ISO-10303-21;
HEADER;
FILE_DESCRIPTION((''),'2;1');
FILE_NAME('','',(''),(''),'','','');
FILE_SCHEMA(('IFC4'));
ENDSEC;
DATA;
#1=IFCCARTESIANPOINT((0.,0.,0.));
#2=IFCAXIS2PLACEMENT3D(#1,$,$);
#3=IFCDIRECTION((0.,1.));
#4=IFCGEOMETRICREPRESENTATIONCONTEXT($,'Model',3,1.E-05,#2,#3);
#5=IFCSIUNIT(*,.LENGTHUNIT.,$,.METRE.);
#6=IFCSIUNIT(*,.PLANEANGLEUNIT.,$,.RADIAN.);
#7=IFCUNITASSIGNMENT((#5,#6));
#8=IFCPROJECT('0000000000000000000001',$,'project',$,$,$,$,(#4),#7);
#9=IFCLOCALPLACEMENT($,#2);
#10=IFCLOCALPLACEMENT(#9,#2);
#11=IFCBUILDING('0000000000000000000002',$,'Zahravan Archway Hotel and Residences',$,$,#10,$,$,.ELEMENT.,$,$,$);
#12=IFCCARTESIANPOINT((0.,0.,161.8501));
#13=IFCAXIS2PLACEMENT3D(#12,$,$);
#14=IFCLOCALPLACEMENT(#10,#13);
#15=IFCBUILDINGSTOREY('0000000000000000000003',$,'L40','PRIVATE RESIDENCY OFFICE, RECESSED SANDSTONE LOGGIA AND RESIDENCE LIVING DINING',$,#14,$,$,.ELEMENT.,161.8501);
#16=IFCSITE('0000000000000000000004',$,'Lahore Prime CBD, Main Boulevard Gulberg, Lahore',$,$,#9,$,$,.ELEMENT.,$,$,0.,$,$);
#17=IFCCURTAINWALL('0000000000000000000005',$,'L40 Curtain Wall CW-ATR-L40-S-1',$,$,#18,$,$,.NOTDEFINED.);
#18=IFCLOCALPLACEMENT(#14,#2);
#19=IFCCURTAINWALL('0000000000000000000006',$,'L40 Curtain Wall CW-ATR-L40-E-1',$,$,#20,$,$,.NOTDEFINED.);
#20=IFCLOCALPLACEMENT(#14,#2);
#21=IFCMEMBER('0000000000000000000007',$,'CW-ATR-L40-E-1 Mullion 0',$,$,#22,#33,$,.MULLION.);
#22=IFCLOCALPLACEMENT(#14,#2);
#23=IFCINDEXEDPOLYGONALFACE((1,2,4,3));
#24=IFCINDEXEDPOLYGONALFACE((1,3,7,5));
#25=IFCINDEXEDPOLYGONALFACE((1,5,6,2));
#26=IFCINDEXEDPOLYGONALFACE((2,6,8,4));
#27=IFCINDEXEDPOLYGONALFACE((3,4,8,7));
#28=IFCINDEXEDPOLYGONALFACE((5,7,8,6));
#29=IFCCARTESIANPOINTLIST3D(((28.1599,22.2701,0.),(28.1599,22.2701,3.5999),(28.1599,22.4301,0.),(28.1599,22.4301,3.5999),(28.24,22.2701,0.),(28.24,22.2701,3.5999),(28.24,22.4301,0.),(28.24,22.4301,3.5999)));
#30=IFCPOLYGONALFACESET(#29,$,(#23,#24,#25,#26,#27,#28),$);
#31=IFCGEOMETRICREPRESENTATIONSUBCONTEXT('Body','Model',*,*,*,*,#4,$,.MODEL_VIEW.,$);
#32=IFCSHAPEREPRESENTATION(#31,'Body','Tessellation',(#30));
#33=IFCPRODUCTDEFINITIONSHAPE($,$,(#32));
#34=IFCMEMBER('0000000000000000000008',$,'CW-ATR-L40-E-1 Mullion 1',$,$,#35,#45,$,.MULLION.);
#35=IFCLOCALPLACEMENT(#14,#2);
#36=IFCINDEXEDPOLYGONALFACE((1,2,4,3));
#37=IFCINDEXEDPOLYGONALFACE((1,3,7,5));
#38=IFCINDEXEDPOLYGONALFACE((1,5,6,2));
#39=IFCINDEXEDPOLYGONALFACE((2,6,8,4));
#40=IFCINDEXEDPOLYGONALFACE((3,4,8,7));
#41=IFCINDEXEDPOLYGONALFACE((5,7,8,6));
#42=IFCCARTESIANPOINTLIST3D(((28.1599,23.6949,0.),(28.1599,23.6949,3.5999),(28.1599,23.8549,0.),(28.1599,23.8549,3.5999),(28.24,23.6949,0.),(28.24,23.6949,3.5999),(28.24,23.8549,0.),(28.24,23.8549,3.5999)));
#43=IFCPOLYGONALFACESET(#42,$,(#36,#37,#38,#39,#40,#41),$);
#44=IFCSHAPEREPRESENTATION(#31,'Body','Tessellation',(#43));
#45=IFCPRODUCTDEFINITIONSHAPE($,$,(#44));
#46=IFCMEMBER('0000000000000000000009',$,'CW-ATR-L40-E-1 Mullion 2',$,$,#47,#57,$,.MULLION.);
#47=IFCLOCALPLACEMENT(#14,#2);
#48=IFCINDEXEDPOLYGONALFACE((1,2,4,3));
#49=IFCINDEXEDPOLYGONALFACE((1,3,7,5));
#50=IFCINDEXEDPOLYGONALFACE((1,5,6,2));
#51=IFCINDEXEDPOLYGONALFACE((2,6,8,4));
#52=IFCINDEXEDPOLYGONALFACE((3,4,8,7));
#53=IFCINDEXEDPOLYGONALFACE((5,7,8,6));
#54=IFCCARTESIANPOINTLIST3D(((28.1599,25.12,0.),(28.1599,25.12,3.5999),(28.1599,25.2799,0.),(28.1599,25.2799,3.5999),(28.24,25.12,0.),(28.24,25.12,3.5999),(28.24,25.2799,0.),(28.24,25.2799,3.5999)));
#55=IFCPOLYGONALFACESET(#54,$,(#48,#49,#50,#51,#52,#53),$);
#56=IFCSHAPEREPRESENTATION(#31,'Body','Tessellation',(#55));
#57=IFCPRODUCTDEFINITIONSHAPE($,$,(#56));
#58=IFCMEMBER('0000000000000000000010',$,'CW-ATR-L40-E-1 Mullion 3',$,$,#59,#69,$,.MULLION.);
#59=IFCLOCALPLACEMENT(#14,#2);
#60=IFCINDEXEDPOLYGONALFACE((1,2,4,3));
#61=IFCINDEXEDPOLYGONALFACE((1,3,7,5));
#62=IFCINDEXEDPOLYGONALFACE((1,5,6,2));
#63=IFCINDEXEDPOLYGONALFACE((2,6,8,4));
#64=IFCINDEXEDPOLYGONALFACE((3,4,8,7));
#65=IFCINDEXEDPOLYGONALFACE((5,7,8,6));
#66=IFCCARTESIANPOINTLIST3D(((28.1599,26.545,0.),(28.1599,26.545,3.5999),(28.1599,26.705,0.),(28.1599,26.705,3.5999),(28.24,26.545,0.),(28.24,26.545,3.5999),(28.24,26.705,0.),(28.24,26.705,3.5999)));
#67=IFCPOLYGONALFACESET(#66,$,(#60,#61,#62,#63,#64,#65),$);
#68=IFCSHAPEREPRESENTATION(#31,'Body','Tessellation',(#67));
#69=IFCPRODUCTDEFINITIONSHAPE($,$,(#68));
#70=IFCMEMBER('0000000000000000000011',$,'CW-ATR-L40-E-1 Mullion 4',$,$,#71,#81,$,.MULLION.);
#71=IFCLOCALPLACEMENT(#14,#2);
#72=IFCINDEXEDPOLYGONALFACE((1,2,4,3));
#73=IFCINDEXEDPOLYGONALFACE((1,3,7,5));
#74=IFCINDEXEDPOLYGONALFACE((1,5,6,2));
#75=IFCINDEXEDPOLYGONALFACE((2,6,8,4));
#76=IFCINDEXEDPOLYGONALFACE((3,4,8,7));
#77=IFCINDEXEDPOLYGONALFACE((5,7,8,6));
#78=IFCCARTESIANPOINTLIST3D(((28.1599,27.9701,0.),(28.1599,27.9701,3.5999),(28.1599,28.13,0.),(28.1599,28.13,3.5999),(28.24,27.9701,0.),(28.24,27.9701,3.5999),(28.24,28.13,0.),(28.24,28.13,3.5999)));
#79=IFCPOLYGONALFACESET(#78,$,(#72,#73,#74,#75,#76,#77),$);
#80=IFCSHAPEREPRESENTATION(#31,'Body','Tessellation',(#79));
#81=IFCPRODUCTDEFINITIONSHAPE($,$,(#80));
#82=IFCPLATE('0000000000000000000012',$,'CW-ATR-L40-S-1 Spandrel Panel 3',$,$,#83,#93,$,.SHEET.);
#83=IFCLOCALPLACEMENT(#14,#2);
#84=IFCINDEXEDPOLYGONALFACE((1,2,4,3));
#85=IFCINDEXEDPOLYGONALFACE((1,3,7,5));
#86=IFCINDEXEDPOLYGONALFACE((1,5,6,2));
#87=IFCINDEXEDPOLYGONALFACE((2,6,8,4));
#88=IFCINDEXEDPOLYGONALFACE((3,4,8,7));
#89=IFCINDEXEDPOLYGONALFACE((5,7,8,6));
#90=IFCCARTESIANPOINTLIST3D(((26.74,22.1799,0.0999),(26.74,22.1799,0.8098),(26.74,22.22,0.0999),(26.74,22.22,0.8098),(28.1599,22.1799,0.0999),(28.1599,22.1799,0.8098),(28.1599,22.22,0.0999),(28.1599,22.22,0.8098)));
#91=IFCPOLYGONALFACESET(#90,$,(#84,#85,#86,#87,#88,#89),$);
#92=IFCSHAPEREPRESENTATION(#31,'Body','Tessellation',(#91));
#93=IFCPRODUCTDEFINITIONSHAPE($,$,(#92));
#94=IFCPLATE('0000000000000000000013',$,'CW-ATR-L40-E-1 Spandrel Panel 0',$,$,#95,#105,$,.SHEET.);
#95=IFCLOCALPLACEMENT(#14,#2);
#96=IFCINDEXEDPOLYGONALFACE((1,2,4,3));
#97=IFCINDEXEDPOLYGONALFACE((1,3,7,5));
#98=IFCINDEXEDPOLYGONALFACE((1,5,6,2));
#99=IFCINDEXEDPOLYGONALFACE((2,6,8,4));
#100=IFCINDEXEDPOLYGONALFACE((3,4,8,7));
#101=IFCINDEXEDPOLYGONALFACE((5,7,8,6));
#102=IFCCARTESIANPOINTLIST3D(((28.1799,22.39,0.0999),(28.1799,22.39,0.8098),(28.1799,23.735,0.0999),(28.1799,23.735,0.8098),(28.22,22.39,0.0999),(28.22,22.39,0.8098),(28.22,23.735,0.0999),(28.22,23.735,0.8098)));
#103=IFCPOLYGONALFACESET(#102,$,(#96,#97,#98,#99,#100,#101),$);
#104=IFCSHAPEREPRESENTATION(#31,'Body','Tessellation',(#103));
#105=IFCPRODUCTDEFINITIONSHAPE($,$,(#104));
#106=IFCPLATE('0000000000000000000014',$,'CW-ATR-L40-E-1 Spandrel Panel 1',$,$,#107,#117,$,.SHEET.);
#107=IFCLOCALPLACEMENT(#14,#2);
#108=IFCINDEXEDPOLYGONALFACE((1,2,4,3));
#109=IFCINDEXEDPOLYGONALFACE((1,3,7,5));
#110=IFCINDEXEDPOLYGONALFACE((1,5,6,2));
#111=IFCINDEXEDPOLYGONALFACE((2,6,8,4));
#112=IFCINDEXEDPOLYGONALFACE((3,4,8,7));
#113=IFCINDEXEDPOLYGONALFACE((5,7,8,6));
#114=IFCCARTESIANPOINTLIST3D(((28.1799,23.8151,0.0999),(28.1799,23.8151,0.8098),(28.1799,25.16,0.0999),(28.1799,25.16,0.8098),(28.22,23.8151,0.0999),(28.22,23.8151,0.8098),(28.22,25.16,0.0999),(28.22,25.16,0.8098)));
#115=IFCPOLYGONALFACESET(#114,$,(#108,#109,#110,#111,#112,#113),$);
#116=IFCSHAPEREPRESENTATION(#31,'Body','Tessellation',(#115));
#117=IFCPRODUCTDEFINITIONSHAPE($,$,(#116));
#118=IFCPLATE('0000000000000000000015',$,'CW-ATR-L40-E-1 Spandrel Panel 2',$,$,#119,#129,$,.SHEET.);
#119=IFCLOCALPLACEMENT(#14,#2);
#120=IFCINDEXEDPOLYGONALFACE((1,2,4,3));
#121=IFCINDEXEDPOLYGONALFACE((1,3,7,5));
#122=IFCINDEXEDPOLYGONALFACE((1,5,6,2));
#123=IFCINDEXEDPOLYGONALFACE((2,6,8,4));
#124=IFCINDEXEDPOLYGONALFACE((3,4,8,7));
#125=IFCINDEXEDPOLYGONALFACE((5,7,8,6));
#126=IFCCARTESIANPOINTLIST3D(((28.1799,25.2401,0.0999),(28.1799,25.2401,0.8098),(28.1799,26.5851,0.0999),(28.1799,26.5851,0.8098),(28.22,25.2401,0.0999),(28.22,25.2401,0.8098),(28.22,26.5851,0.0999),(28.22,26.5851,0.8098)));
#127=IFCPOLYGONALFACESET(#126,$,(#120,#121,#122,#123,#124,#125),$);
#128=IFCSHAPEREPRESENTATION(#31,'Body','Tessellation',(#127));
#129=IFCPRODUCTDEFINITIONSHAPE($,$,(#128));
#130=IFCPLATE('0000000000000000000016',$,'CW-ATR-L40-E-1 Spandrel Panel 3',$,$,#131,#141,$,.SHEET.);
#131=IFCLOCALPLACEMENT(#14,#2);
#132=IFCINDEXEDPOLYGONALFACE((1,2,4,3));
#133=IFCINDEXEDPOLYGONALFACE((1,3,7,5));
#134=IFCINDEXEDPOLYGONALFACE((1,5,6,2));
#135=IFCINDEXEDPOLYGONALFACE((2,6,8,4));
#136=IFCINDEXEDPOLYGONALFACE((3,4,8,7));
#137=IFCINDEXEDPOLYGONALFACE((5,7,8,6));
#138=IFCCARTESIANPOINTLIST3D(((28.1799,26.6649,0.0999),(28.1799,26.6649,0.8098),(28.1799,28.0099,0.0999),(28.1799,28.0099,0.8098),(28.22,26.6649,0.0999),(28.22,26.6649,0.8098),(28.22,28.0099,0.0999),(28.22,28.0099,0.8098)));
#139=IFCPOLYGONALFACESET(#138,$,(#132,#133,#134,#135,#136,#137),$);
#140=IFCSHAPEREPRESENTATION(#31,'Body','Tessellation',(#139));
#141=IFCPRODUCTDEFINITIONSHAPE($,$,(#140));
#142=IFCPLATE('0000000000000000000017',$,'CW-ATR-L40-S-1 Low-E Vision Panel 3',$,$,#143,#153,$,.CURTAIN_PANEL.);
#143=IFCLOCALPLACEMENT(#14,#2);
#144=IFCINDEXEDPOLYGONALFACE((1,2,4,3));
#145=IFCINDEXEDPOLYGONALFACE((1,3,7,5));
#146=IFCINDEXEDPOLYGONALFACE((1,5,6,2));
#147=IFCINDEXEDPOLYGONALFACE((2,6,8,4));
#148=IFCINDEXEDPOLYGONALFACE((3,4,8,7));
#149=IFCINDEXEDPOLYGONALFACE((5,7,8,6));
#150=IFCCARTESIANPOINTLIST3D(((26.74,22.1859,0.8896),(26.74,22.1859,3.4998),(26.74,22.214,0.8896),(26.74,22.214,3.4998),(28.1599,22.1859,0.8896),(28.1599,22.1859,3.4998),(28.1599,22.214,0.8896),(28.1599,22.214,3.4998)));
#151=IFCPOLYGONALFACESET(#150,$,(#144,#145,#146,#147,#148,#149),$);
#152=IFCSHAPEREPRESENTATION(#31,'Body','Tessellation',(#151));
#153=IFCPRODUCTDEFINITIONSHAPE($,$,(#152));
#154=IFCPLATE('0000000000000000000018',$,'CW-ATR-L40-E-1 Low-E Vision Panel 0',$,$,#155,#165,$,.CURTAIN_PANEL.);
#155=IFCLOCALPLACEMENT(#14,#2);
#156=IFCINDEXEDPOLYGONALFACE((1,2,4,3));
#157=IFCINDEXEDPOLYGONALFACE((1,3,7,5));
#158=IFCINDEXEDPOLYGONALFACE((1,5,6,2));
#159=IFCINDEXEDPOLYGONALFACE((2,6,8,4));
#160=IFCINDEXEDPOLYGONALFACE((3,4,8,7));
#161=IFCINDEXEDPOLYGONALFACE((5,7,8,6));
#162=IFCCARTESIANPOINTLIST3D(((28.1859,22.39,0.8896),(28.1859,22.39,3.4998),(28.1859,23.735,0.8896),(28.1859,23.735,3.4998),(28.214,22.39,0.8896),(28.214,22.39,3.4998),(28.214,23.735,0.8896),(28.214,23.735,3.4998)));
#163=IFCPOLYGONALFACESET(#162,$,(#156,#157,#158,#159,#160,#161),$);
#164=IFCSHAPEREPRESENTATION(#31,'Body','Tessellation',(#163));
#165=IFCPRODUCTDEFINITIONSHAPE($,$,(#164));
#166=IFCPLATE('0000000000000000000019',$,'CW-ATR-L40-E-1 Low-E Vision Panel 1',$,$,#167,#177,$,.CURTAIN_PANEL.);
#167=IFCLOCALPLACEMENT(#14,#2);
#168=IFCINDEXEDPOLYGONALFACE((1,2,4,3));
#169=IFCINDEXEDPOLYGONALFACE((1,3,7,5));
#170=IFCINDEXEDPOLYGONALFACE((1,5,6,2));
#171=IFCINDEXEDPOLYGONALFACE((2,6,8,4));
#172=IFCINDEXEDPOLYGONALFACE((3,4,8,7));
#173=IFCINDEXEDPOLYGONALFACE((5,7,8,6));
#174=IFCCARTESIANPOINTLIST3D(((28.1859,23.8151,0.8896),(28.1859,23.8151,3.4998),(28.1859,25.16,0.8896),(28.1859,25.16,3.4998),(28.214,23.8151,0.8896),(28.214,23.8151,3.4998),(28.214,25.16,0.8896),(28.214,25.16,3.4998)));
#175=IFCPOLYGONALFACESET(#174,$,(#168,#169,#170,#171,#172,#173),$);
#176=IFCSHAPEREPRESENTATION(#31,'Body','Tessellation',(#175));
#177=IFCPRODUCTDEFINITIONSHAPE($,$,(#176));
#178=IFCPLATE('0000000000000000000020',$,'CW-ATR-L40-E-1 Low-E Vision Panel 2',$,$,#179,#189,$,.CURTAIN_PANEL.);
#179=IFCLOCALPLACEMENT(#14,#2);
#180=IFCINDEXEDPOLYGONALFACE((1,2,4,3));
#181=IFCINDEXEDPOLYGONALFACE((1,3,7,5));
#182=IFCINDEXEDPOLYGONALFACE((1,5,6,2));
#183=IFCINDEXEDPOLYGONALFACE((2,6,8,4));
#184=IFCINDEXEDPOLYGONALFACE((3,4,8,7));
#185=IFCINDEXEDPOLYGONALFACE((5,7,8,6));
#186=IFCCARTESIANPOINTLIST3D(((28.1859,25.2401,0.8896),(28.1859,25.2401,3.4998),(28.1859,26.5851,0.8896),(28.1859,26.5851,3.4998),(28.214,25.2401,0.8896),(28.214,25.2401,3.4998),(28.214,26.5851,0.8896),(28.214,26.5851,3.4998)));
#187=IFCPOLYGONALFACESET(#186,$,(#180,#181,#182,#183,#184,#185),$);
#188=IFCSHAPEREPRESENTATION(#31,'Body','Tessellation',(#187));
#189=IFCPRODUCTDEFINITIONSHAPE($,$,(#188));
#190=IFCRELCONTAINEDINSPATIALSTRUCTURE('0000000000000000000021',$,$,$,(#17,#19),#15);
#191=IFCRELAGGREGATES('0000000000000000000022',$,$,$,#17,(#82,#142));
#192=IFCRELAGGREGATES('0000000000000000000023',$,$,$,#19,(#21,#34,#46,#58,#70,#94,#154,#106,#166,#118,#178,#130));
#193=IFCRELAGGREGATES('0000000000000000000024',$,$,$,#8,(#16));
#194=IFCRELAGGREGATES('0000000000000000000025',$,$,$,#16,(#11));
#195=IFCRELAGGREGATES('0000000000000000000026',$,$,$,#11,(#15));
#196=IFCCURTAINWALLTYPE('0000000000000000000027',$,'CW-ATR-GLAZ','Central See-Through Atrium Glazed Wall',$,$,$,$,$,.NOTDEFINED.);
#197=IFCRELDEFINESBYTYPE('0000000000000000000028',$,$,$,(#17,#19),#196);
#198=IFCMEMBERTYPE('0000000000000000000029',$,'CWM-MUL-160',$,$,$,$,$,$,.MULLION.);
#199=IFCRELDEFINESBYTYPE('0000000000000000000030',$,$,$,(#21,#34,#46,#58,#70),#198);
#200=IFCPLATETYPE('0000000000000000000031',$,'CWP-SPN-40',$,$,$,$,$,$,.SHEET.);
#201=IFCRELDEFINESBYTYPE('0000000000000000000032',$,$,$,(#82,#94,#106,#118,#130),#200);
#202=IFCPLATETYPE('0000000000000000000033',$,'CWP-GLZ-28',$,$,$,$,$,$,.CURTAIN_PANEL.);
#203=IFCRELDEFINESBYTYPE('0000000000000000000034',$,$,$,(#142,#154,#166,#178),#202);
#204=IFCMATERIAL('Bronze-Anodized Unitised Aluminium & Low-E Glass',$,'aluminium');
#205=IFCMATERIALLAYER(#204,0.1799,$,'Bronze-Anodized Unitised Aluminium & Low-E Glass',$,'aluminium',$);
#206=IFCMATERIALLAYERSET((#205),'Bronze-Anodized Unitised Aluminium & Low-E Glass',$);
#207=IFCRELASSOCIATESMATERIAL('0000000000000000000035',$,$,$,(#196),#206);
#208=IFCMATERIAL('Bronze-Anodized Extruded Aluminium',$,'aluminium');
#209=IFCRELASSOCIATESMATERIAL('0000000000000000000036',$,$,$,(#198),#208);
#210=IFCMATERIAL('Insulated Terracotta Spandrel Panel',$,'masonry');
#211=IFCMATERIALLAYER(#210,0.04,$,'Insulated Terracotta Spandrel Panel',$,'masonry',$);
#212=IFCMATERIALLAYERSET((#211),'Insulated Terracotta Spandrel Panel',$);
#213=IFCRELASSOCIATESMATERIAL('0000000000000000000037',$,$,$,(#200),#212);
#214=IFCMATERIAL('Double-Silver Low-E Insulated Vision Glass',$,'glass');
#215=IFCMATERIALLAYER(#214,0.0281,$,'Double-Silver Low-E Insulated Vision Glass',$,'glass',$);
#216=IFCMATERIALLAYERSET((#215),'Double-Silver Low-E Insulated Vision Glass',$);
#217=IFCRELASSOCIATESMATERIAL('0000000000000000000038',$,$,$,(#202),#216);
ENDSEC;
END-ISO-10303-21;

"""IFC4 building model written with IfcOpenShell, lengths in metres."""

from ifc_helpers import new_model, si_unit, direction, frame, origin, origin_2d, place, context, subcontext, project, spatial, rectangle, extrude, source, transform, mapped, material, layer, layer_set, material_profile, profile_set, type_object, element, aggregate, save


model = new_model("IFC4")

# Units and contexts
model_context = context("Model", 3, precision=1e-05, world=origin(), true_north=direction((0.0, 1.0)))
body_context = subcontext(model_context, "Body", "Model", "MODEL_VIEW")
ifc_project = project(units=[si_unit("LENGTHUNIT", "METRE"), si_unit("PLANEANGLEUNIT", "RADIAN")], contexts=[model_context])

# Site, building, storey
site_placement = place(None, origin())
site = spatial("IfcSite", under=ifc_project, at=site_placement, Name="Lahore Prime CBD, Main Boulevard Gulberg, Lahore", CompositionType="ELEMENT", RefElevation=0.0)
building_placement = place(site_placement, origin())
building = spatial("IfcBuilding", under=site, at=building_placement, Name="Zahravan Archway Hotel and Residences", CompositionType="ELEMENT")
storey_placement = place(building_placement, frame((0.0, 0.0, 161.8501)))
storey = spatial("IfcBuildingStorey", under=building, at=storey_placement, Name="L40", Description="PRIVATE RESIDENCY OFFICE, RECESSED SANDSTONE LOGGIA AND RESIDENCE LIVING DINING", CompositionType="ELEMENT", Elevation=161.8501)

# Curtain wall
ifc_material_1 = material(Name="Bronze-Anodized Unitised Aluminium & Low-E Glass", Category="aluminium")
ifc_layer_1 = layer(ifc_material_1, 0.1799, Name="Bronze-Anodized Unitised Aluminium & Low-E Glass", Category="aluminium")
ifc_layer_set_1 = layer_set([ifc_layer_1], Name="Bronze-Anodized Unitised Aluminium & Low-E Glass")
curtain_wall_type = type_object("IfcCurtainWallType", Name="CW-ATR-GLAZ", Description="Central See-Through Atrium Glazed Wall", PredefinedType="NOTDEFINED", material=ifc_layer_set_1)
curtain_wall_1_placement = place(storey_placement, origin())
curtain_wall_1 = element("IfcCurtainWall", 1, at=curtain_wall_1_placement, inside=storey, type_object=curtain_wall_type, Name="L40 Curtain Wall CW-ATR-L40-S-1", PredefinedType="NOTDEFINED")
ifc_material_2 = material(Name="Bronze-Anodized Extruded Aluminium", Category="aluminium")

# Curtain wall
curtain_wall_2_placement = place(storey_placement, origin())
curtain_wall_2 = element("IfcCurtainWall", 2, at=curtain_wall_2_placement, inside=storey, type_object=curtain_wall_type, Name="L40 Curtain Wall CW-ATR-L40-E-1", PredefinedType="NOTDEFINED")

# Members
ifc_material_profile_1 = material_profile(ifc_material_2, rectangle(XDim=0.0801, YDim=0.1599, at=origin_2d()), Name="MUL 80x160", Category="aluminium")
ifc_profile_set_1 = profile_set([ifc_material_profile_1], Name="Bronze-Anodized Extruded Aluminium")
member_type_1 = type_object("IfcMemberType", Name="CWM-MUL-160", PredefinedType="MULLION", material=ifc_profile_set_1)
shared_shape_1 = source(origin(), body_context, "Body", "SweptSolid", [
    extrude(rectangle(XDim=0.0801, YDim=0.1599, at=origin_2d()), origin(), (0.0, 0.0, 1.0), 3.5999),
])
member_1_placement = place(storey_placement, frame((28.2, 22.3501, 0.0), z_axis=(0.0, 0.0, 1.0), x_axis=(1.0, 0.0, 0.0)))
member_1 = element("IfcMember", 3, at=member_1_placement, type_object=member_type_1, Name="CW-ATR-L40-E-1 Mullion 0", PredefinedType="MULLION", context=body_context, shape_type="MappedRepresentation", body=[
    mapped(shared_shape_1, transform((0.0, 0.0, 0.0), scale=1.0)),
])
member_2_placement = place(storey_placement, frame((28.2, 23.7749, 0.0), z_axis=(0.0, 0.0, 1.0), x_axis=(1.0, 0.0, 0.0)))
member_2 = element("IfcMember", 4, at=member_2_placement, type_object=member_type_1, Name="CW-ATR-L40-E-1 Mullion 1", PredefinedType="MULLION", context=body_context, shape_type="MappedRepresentation", body=[
    mapped(shared_shape_1, transform((0.0, 0.0, 0.0), scale=1.0)),
])
member_3_placement = place(storey_placement, frame((28.2, 25.2, 0.0), z_axis=(0.0, 0.0, 1.0), x_axis=(1.0, 0.0, 0.0)))
member_3 = element("IfcMember", 5, at=member_3_placement, type_object=member_type_1, Name="CW-ATR-L40-E-1 Mullion 2", PredefinedType="MULLION", context=body_context, shape_type="MappedRepresentation", body=[
    mapped(shared_shape_1, transform((0.0, 0.0, 0.0), scale=1.0)),
])
member_4_placement = place(storey_placement, frame((28.2, 26.625, 0.0), z_axis=(0.0, 0.0, 1.0), x_axis=(1.0, 0.0, 0.0)))
member_4 = element("IfcMember", 6, at=member_4_placement, type_object=member_type_1, Name="CW-ATR-L40-E-1 Mullion 3", PredefinedType="MULLION", context=body_context, shape_type="MappedRepresentation", body=[
    mapped(shared_shape_1, transform((0.0, 0.0, 0.0), scale=1.0)),
])
member_5_placement = place(storey_placement, frame((28.2, 28.05, 0.0), z_axis=(0.0, 0.0, 1.0), x_axis=(1.0, 0.0, 0.0)))
member_5 = element("IfcMember", 7, at=member_5_placement, type_object=member_type_1, Name="CW-ATR-L40-E-1 Mullion 4", PredefinedType="MULLION", context=body_context, shape_type="MappedRepresentation", body=[
    mapped(shared_shape_1, transform((0.0, 0.0, 0.0), scale=1.0)),
])

# Plates
ifc_material_3 = material(Name="Insulated Terracotta Spandrel Panel", Category="masonry")
ifc_layer_2 = layer(ifc_material_3, 0.04, Name="Insulated Terracotta Spandrel Panel", Category="masonry")
ifc_layer_set_2 = layer_set([ifc_layer_2], Name="Insulated Terracotta Spandrel Panel")
plate_type_1 = type_object("IfcPlateType", Name="CWP-SPN-40", PredefinedType="SHEET", material=ifc_layer_set_2)
shared_shape_2 = source(origin(), body_context, "Body", "SweptSolid", [
    extrude(rectangle(XDim=1.4199, YDim=0.04, at=origin_2d()), origin(), (0.0, 0.0, 1.0), 0.71),
])
plate_1_placement = place(storey_placement, frame((27.45, 22.2, 0.0999), z_axis=(0.0, 0.0, 1.0), x_axis=(1.0, 0.0, 0.0)))
plate_1 = element("IfcPlate", 8, at=plate_1_placement, type_object=plate_type_1, Name="CW-ATR-L40-S-1 Spandrel Panel 3", PredefinedType="SHEET", context=body_context, shape_type="MappedRepresentation", body=[
    mapped(shared_shape_2, transform((0.0, 0.0, 0.0), scale=1.0)),
])
shared_shape_3 = source(origin(), body_context, "Body", "SweptSolid", [
    extrude(rectangle(XDim=1.345, YDim=0.04, at=origin_2d()), origin(), (0.0, 0.0, 1.0), 0.71),
])
plate_2_placement = place(storey_placement, frame((28.2, 23.0625, 0.0999), z_axis=(0.0, 0.0, 1.0), x_axis=(0.0, 1.0, 0.0)))
plate_2 = element("IfcPlate", 9, at=plate_2_placement, type_object=plate_type_1, Name="CW-ATR-L40-E-1 Spandrel Panel 0", PredefinedType="SHEET", context=body_context, shape_type="MappedRepresentation", body=[
    mapped(shared_shape_3, transform((0.0, 0.0, 0.0), scale=1.0)),
])
plate_3_placement = place(storey_placement, frame((28.2, 24.4875, 0.0999), z_axis=(0.0, 0.0, 1.0), x_axis=(0.0, 1.0, 0.0)))
plate_3 = element("IfcPlate", 10, at=plate_3_placement, type_object=plate_type_1, Name="CW-ATR-L40-E-1 Spandrel Panel 1", PredefinedType="SHEET", context=body_context, shape_type="MappedRepresentation", body=[
    mapped(shared_shape_3, transform((0.0, 0.0, 0.0), scale=1.0)),
])
plate_4_placement = place(storey_placement, frame((28.2, 25.9126, 0.0999), z_axis=(0.0, 0.0, 1.0), x_axis=(0.0, 1.0, 0.0)))
plate_4 = element("IfcPlate", 11, at=plate_4_placement, type_object=plate_type_1, Name="CW-ATR-L40-E-1 Spandrel Panel 2", PredefinedType="SHEET", context=body_context, shape_type="MappedRepresentation", body=[
    mapped(shared_shape_3, transform((0.0, 0.0, 0.0), scale=1.0)),
])
plate_5_placement = place(storey_placement, frame((28.2, 27.3374, 0.0999), z_axis=(0.0, 0.0, 1.0), x_axis=(0.0, 1.0, 0.0)))
plate_5 = element("IfcPlate", 12, at=plate_5_placement, type_object=plate_type_1, Name="CW-ATR-L40-E-1 Spandrel Panel 3", PredefinedType="SHEET", context=body_context, shape_type="MappedRepresentation", body=[
    mapped(shared_shape_3, transform((0.0, 0.0, 0.0), scale=1.0)),
])
ifc_material_4 = material(Name="Double-Silver Low-E Insulated Vision Glass", Category="glass")
ifc_layer_3 = layer(ifc_material_4, 0.0281, Name="Double-Silver Low-E Insulated Vision Glass", Category="glass")
ifc_layer_set_3 = layer_set([ifc_layer_3], Name="Double-Silver Low-E Insulated Vision Glass")
plate_type_2 = type_object("IfcPlateType", Name="CWP-GLZ-28", PredefinedType="CURTAIN_PANEL", material=ifc_layer_set_3)
shared_shape_4 = source(origin(), body_context, "Body", "SweptSolid", [
    extrude(rectangle(XDim=1.4199, YDim=0.0281, at=origin_2d()), origin(), (0.0, 0.0, 1.0), 2.6101),
])
plate_6_placement = place(storey_placement, frame((27.45, 22.2, 0.8896), z_axis=(0.0, 0.0, 1.0), x_axis=(1.0, 0.0, 0.0)))
plate_6 = element("IfcPlate", 13, at=plate_6_placement, type_object=plate_type_2, Name="CW-ATR-L40-S-1 Low-E Vision Panel 3", PredefinedType="CURTAIN_PANEL", context=body_context, shape_type="MappedRepresentation", body=[
    mapped(shared_shape_4, transform((0.0, 0.0, 0.0), scale=1.0)),
])
aggregate(curtain_wall_1, [plate_1, plate_6])
shared_shape_5 = source(origin(), body_context, "Body", "SweptSolid", [
    extrude(rectangle(XDim=1.345, YDim=0.0281, at=origin_2d()), origin(), (0.0, 0.0, 1.0), 2.6101),
])
plate_7_placement = place(storey_placement, frame((28.2, 23.0625, 0.8896), z_axis=(0.0, 0.0, 1.0), x_axis=(0.0, 1.0, 0.0)))
plate_7 = element("IfcPlate", 14, at=plate_7_placement, type_object=plate_type_2, Name="CW-ATR-L40-E-1 Low-E Vision Panel 0", PredefinedType="CURTAIN_PANEL", context=body_context, shape_type="MappedRepresentation", body=[
    mapped(shared_shape_5, transform((0.0, 0.0, 0.0), scale=1.0)),
])
plate_8_placement = place(storey_placement, frame((28.2, 24.4875, 0.8896), z_axis=(0.0, 0.0, 1.0), x_axis=(0.0, 1.0, 0.0)))
plate_8 = element("IfcPlate", 15, at=plate_8_placement, type_object=plate_type_2, Name="CW-ATR-L40-E-1 Low-E Vision Panel 1", PredefinedType="CURTAIN_PANEL", context=body_context, shape_type="MappedRepresentation", body=[
    mapped(shared_shape_5, transform((0.0, 0.0, 0.0), scale=1.0)),
])
plate_9_placement = place(storey_placement, frame((28.2, 25.9126, 0.8896), z_axis=(0.0, 0.0, 1.0), x_axis=(0.0, 1.0, 0.0)))
plate_9 = element("IfcPlate", 16, at=plate_9_placement, type_object=plate_type_2, Name="CW-ATR-L40-E-1 Low-E Vision Panel 2", PredefinedType="CURTAIN_PANEL", context=body_context, shape_type="MappedRepresentation", body=[
    mapped(shared_shape_5, transform((0.0, 0.0, 0.0), scale=1.0)),
])
aggregate(curtain_wall_2, [member_1, member_2, member_3, member_4, member_5, plate_2, plate_7, plate_3, plate_8, plate_4, plate_9, plate_5])

save(model, "model.ifc")
